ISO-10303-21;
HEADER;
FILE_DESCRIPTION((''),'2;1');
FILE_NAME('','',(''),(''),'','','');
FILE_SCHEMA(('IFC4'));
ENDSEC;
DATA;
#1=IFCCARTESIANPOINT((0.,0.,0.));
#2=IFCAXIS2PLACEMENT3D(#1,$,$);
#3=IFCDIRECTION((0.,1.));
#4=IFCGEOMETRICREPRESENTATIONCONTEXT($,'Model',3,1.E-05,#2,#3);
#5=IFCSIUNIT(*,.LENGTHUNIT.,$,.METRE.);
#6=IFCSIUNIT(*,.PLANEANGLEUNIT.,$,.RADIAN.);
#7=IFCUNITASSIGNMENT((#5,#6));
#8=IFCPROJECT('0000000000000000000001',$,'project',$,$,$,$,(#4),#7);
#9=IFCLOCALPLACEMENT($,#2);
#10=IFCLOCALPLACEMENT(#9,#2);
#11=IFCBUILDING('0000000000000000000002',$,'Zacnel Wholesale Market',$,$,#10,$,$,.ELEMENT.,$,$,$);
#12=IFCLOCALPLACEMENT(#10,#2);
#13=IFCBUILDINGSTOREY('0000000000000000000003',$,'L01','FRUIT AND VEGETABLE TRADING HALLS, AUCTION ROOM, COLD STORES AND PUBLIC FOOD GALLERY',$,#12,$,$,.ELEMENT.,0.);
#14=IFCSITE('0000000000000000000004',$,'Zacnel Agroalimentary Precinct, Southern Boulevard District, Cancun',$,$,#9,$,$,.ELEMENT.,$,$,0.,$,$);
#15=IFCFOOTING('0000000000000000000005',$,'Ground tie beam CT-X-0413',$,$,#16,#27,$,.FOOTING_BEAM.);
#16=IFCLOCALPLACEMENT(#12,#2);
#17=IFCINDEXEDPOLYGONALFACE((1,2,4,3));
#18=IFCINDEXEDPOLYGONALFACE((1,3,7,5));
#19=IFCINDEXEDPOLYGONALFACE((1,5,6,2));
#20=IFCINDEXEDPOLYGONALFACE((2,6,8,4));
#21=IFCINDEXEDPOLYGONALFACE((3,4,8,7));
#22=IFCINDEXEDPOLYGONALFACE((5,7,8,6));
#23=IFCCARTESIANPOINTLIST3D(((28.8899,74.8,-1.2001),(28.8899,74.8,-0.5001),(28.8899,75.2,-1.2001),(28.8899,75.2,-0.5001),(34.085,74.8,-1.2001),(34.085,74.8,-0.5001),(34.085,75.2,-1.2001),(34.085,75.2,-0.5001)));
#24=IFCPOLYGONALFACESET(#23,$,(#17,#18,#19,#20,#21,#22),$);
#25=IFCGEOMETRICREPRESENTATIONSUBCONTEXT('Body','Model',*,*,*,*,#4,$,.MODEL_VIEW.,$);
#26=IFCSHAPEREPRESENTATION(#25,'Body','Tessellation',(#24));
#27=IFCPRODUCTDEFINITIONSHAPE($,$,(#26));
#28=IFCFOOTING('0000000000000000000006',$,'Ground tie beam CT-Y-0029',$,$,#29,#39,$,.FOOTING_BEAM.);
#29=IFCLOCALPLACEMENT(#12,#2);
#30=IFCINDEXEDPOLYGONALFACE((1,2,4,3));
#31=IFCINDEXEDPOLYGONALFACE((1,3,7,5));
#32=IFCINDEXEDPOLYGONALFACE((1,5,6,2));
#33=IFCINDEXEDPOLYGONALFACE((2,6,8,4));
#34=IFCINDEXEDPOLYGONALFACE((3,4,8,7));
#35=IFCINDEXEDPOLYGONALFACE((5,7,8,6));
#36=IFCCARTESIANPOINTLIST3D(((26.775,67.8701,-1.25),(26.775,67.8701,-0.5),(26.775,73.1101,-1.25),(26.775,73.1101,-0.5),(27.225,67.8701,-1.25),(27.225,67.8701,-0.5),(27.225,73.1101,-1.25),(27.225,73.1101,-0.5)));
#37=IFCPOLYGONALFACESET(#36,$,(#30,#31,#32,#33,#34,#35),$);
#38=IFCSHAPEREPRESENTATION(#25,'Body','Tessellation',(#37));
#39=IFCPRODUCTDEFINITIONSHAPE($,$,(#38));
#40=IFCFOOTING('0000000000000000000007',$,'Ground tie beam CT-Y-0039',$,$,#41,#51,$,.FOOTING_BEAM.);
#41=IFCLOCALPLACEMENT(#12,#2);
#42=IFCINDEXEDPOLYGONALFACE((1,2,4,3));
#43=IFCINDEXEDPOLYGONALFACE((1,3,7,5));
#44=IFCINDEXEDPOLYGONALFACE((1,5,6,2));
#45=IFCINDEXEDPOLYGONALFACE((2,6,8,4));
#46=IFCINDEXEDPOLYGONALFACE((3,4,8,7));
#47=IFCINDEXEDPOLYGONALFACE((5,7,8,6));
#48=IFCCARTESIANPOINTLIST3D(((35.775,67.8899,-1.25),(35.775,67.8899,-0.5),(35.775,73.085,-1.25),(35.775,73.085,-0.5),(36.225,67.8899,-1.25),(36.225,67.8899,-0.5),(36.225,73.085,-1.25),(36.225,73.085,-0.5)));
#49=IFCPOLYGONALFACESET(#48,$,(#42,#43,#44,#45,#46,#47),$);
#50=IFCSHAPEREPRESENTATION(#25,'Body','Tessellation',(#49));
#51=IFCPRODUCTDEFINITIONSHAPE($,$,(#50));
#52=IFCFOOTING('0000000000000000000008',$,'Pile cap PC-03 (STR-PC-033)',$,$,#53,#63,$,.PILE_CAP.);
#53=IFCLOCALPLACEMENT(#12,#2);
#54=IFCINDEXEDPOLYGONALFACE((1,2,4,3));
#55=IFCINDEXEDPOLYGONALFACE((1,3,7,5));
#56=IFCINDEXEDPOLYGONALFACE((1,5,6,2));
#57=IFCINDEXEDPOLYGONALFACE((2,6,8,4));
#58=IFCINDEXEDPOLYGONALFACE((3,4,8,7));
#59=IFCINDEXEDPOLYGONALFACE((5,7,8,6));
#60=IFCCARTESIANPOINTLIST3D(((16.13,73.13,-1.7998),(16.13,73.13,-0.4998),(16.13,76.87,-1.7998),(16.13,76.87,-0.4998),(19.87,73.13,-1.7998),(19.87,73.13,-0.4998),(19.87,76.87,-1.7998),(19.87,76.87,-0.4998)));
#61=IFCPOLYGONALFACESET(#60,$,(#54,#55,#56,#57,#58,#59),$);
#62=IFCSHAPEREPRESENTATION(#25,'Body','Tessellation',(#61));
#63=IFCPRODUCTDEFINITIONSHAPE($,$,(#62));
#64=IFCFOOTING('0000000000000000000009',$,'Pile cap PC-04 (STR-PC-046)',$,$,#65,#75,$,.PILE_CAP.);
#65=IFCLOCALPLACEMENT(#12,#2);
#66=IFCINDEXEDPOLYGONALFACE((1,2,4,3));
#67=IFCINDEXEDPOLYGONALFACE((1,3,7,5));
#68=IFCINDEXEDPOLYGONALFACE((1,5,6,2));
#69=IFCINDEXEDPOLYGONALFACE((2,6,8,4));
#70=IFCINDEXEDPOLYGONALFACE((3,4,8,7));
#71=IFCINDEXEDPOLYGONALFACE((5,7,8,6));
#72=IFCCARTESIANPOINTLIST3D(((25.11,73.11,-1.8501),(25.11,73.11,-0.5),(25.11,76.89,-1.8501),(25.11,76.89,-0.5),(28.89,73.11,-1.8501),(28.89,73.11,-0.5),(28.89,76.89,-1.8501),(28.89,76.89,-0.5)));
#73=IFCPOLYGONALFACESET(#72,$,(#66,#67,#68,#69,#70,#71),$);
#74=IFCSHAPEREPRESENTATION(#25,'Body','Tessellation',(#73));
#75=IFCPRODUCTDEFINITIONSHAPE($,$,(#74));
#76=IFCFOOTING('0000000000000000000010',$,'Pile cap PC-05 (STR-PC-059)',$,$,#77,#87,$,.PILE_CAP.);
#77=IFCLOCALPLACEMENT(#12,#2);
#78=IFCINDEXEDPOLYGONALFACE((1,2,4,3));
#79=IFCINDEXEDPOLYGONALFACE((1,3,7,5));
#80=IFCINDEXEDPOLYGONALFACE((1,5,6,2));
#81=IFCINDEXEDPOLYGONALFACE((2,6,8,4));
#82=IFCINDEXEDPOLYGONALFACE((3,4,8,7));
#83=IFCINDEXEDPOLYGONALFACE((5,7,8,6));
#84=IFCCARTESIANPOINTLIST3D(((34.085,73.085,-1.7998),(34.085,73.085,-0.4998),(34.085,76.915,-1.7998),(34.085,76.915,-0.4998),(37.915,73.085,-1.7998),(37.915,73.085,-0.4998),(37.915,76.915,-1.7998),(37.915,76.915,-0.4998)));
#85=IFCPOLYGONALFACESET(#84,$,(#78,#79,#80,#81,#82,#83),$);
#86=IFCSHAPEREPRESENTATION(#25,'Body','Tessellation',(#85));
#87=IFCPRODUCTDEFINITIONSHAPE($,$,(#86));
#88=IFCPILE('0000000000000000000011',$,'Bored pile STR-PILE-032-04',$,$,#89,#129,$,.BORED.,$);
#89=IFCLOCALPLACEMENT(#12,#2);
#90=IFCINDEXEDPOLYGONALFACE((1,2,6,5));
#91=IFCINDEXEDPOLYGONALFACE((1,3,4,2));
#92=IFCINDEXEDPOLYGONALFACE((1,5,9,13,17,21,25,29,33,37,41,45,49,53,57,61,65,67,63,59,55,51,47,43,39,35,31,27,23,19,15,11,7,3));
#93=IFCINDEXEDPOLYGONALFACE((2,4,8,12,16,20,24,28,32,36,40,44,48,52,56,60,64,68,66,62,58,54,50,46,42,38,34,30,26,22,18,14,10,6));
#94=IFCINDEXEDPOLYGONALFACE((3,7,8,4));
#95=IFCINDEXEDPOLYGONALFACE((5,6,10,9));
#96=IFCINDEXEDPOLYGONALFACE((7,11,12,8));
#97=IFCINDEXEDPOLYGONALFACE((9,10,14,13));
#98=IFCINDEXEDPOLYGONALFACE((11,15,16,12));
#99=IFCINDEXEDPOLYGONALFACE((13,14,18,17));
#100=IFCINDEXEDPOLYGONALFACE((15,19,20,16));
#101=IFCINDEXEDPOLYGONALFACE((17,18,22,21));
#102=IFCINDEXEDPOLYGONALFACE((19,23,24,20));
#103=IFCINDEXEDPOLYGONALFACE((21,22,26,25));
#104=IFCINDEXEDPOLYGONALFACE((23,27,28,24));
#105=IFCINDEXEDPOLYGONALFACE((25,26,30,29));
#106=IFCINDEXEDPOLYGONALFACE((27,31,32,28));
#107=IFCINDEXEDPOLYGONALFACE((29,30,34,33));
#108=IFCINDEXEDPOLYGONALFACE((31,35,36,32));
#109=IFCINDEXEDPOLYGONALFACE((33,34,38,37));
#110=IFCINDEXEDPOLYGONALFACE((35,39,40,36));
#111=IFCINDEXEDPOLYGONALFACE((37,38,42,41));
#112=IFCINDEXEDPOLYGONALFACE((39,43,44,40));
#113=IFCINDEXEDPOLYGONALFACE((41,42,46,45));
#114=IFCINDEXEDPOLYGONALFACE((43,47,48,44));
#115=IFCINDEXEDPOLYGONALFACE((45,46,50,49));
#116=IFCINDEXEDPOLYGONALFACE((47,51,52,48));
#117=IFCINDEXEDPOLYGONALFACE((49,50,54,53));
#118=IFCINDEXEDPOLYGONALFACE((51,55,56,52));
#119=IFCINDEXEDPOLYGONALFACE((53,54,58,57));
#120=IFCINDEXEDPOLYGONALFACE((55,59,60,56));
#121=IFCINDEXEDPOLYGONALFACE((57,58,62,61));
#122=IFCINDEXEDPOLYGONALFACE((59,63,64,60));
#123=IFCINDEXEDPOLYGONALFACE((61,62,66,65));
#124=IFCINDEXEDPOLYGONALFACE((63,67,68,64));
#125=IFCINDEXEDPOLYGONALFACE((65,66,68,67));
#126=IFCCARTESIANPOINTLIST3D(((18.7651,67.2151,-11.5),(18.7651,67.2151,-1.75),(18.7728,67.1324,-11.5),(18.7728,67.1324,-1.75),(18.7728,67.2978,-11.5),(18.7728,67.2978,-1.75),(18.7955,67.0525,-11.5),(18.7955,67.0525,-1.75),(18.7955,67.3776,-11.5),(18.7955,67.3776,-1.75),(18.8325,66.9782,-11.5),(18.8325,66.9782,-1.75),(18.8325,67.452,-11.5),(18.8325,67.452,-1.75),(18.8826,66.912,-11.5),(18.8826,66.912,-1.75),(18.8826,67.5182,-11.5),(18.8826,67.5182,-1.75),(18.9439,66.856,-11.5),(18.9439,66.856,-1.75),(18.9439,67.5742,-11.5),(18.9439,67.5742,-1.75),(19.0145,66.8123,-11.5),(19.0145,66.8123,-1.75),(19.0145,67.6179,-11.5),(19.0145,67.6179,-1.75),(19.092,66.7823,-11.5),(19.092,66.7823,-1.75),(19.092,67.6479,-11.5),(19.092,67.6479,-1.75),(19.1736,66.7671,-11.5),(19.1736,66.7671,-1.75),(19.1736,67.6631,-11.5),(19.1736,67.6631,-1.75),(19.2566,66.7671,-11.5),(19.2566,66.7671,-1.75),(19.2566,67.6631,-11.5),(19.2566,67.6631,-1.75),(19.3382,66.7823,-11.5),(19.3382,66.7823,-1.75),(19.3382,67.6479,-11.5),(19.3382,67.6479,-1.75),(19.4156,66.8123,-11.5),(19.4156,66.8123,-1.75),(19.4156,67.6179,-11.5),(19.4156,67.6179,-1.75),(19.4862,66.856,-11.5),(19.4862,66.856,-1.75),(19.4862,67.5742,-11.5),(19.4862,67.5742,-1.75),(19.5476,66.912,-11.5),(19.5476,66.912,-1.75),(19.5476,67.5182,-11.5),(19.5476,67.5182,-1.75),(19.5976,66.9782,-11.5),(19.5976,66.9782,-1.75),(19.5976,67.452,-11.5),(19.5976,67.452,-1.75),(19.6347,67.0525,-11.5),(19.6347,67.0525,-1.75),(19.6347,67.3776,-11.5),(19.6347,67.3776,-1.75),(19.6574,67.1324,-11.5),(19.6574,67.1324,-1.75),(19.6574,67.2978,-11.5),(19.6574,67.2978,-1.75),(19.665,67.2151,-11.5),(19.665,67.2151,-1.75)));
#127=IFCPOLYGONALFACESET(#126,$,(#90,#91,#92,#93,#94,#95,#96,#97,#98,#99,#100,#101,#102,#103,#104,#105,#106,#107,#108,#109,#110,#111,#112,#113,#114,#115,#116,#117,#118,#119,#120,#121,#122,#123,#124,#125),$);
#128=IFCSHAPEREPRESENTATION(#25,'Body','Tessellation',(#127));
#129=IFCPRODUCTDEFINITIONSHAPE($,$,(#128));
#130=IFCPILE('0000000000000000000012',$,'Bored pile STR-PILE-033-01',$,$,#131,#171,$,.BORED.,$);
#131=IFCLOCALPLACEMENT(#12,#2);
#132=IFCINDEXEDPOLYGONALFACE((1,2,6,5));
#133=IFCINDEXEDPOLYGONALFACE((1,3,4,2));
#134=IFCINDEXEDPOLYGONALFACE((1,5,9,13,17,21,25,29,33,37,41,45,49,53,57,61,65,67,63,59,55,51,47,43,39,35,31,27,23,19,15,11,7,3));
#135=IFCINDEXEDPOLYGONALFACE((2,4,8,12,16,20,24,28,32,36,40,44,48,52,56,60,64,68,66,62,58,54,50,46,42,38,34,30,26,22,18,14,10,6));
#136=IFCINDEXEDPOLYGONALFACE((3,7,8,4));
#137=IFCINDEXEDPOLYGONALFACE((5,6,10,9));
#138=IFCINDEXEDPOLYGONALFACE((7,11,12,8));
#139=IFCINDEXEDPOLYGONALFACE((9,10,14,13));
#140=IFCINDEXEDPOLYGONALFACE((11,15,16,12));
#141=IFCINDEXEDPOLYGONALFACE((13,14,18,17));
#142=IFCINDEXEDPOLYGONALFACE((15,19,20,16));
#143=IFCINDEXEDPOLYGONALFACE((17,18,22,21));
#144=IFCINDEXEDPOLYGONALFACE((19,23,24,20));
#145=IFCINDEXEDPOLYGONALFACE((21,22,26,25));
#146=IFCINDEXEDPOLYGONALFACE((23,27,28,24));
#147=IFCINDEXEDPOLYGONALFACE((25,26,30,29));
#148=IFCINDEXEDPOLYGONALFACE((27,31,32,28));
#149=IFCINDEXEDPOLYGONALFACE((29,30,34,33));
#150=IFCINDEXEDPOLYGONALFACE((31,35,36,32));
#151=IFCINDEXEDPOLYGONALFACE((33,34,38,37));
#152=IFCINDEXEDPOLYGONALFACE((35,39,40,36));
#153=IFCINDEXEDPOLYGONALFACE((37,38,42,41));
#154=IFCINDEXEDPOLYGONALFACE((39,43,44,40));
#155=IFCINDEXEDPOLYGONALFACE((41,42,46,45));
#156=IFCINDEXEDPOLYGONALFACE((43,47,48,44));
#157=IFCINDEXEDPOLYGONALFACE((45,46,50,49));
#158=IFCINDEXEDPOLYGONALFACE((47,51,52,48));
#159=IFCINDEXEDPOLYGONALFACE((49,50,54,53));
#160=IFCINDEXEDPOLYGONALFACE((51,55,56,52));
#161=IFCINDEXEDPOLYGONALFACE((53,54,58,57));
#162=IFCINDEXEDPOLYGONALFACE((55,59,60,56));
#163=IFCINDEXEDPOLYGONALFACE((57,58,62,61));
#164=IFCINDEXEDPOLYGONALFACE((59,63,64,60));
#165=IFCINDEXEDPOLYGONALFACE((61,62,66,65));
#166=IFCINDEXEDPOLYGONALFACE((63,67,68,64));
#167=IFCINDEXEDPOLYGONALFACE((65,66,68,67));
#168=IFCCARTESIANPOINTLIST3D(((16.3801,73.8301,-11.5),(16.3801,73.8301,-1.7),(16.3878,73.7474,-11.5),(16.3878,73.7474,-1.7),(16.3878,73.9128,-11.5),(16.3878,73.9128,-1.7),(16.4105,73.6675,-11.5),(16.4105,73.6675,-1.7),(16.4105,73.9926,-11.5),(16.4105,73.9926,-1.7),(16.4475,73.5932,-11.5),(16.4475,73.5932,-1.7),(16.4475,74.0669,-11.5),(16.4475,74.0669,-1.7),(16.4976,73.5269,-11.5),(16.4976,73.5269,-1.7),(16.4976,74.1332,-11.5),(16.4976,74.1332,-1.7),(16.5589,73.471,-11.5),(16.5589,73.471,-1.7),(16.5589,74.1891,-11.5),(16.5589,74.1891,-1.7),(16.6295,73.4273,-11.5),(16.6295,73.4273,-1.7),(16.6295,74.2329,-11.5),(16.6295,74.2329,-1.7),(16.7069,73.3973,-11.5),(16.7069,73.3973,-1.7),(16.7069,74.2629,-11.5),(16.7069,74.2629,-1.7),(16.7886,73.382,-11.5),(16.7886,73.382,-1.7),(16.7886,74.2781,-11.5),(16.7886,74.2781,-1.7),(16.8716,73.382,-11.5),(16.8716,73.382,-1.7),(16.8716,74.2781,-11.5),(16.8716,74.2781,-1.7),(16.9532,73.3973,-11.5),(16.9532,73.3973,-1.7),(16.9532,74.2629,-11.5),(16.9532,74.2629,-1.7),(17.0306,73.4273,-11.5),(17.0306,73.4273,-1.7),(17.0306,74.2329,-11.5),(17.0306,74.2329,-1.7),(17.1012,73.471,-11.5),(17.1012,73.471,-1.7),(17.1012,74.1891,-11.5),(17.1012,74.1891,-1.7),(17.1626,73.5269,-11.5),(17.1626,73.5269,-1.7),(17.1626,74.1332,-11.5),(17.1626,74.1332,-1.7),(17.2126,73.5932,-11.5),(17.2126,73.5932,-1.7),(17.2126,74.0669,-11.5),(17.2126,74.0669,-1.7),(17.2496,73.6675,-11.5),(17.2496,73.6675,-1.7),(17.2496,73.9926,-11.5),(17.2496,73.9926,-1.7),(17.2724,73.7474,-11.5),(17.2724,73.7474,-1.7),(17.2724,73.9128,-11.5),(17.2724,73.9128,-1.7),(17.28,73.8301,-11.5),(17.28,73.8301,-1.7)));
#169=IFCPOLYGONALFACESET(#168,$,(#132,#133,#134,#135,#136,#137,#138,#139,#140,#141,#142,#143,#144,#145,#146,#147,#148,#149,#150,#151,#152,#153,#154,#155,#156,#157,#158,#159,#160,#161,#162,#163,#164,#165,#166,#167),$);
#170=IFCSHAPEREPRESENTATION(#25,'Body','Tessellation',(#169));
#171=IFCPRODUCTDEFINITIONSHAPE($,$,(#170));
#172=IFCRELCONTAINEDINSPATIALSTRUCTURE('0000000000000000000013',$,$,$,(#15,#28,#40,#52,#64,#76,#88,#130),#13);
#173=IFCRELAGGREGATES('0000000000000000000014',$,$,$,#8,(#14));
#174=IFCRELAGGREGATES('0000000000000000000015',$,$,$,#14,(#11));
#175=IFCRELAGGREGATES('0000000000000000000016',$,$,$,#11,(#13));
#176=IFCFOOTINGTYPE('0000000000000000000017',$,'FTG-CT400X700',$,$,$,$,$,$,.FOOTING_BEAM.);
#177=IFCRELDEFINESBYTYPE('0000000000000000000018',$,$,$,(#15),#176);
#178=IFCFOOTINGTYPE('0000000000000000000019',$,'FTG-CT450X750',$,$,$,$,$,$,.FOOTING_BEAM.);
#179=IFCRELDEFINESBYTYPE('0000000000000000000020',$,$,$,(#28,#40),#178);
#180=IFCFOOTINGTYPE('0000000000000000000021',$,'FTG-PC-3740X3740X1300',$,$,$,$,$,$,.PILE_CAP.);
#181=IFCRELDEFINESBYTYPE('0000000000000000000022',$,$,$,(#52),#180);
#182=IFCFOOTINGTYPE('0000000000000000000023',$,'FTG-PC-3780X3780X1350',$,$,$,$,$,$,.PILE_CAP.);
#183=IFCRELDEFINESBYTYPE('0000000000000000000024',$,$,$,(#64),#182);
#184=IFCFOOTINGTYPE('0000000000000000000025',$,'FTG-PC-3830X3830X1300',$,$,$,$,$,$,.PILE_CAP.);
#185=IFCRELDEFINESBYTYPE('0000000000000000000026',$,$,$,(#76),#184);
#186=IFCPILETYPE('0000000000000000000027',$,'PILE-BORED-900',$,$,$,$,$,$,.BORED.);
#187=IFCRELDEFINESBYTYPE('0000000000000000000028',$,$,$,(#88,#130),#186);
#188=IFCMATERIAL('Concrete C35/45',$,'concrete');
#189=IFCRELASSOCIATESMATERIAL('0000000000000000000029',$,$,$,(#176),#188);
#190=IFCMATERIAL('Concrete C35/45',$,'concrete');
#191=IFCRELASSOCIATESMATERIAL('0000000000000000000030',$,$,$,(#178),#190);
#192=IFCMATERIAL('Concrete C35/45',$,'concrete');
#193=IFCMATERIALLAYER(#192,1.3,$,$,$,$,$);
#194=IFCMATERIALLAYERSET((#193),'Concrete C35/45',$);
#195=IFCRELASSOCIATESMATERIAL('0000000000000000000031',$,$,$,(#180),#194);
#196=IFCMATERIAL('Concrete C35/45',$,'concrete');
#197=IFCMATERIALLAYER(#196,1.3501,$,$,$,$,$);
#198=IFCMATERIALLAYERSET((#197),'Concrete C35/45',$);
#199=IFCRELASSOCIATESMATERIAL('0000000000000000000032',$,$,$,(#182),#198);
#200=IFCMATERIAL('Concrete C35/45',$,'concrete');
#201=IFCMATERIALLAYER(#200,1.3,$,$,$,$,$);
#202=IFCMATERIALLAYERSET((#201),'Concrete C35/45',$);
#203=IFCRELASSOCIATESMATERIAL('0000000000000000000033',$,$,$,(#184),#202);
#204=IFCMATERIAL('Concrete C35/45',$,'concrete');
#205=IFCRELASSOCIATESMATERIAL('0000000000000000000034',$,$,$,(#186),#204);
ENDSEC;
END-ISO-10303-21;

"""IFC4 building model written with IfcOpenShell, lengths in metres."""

from ifc_helpers import new_model, si_unit, direction, frame, origin, origin_2d, place, context, subcontext, project, spatial, rectangle, circle, extrude, material, layer, layer_set, material_profile, profile_set, type_object, element, save


model = new_model("IFC4")

# Units and contexts
model_context = context("Model", 3, precision=1e-05, world=origin(), true_north=direction((0.0, 1.0)))
body_context = subcontext(model_context, "Body", "Model", "MODEL_VIEW")
ifc_project = project(units=[si_unit("LENGTHUNIT", "METRE"), si_unit("PLANEANGLEUNIT", "RADIAN")], contexts=[model_context])

# Site, building, storey
site_placement = place(None, origin())
site = spatial("IfcSite", under=ifc_project, at=site_placement, Name="Zacnel Agroalimentary Precinct, Southern Boulevard District, Cancun", CompositionType="ELEMENT", RefElevation=0.0)
building_placement = place(site_placement, origin())
building = spatial("IfcBuilding", under=site, at=building_placement, Name="Zacnel Wholesale Market", CompositionType="ELEMENT")
storey_placement = place(building_placement, origin())
storey = spatial("IfcBuildingStorey", under=building, at=storey_placement, Name="L01", Description="FRUIT AND VEGETABLE TRADING HALLS, AUCTION ROOM, COLD STORES AND PUBLIC FOOD GALLERY", CompositionType="ELEMENT", Elevation=0.0)

# Footings
ifc_material_1 = material(Name="Concrete C35/45", Category="concrete")
ifc_material_profile_1 = material_profile(ifc_material_1, rectangle(XDim=0.3999, YDim=0.7, at=origin_2d()), Name="CT 400x700")
ifc_profile_set_1 = profile_set([ifc_material_profile_1], Name="Concrete C35/45")
footing_type_1 = type_object("IfcFootingType", Name="FTG-CT400X700", PredefinedType="FOOTING_BEAM", material=ifc_profile_set_1)
footing_1_placement = place(storey_placement, frame((28.8899, 75.0, -0.8501), z_axis=(1.0, 0.0, 0.0), x_axis=(0.0, 1.0, 0.0)))
element("IfcFooting", 1, at=footing_1_placement, inside=storey, type_object=footing_type_1, Name="Ground tie beam CT-X-0413", PredefinedType="FOOTING_BEAM", context=body_context, shape_type="SweptSolid", body=[
    extrude(rectangle(XDim=0.3999, YDim=0.7, at=origin_2d()), origin(), (0.0, 0.0, 1.0), 5.1951),
])
ifc_material_2 = material(Name="Concrete C35/45", Category="concrete")
ifc_material_profile_2 = material_profile(ifc_material_2, rectangle(XDim=0.45, YDim=0.75, at=origin_2d()), Name="CT 450x750")
ifc_profile_set_2 = profile_set([ifc_material_profile_2], Name="Concrete C35/45")
footing_type_2 = type_object("IfcFootingType", Name="FTG-CT450X750", PredefinedType="FOOTING_BEAM", material=ifc_profile_set_2)
footing_2_placement = place(storey_placement, frame((27.0, 67.8701, -0.875), z_axis=(0.0, 1.0, 0.0), x_axis=(-1.0, 0.0, 0.0)))
element("IfcFooting", 2, at=footing_2_placement, inside=storey, type_object=footing_type_2, Name="Ground tie beam CT-Y-0029", PredefinedType="FOOTING_BEAM", context=body_context, shape_type="SweptSolid", body=[
    extrude(rectangle(XDim=0.45, YDim=0.75, at=origin_2d()), origin(), (0.0, 0.0, 1.0), 5.24),
])
footing_3_placement = place(storey_placement, frame((36.0, 67.8899, -0.875), z_axis=(0.0, 1.0, 0.0), x_axis=(-1.0, 0.0, 0.0)))
element("IfcFooting", 3, at=footing_3_placement, inside=storey, type_object=footing_type_2, Name="Ground tie beam CT-Y-0039", PredefinedType="FOOTING_BEAM", context=body_context, shape_type="SweptSolid", body=[
    extrude(rectangle(XDim=0.45, YDim=0.75, at=origin_2d()), origin(), (0.0, 0.0, 1.0), 5.1951),
])
ifc_material_3 = material(Name="Concrete C35/45", Category="concrete")
ifc_layer_1 = layer(ifc_material_3, 1.3)
ifc_layer_set_1 = layer_set([ifc_layer_1], Name="Concrete C35/45")
footing_type_3 = type_object("IfcFootingType", Name="FTG-PC-3740X3740X1300", PredefinedType="PILE_CAP", material=ifc_layer_set_1)
footing_4_placement = place(storey_placement, frame((18.0, 75.0, -1.7998), z_axis=(0.0, 0.0, 1.0), x_axis=(1.0, 0.0, 0.0)))
element("IfcFooting", 4, at=footing_4_placement, inside=storey, type_object=footing_type_3, Name="Pile cap PC-03 (STR-PC-033)", PredefinedType="PILE_CAP", context=body_context, shape_type="SweptSolid", body=[
    extrude(rectangle(XDim=3.74, YDim=3.74, at=origin_2d()), origin(), (0.0, 0.0, 1.0), 1.3),
])
ifc_material_4 = material(Name="Concrete C35/45", Category="concrete")
ifc_layer_2 = layer(ifc_material_4, 1.3501)
ifc_layer_set_2 = layer_set([ifc_layer_2], Name="Concrete C35/45")
footing_type_4 = type_object("IfcFootingType", Name="FTG-PC-3780X3780X1350", PredefinedType="PILE_CAP", material=ifc_layer_set_2)
footing_5_placement = place(storey_placement, frame((27.0, 75.0, -1.8501), z_axis=(0.0, 0.0, 1.0), x_axis=(1.0, 0.0, 0.0)))
element("IfcFooting", 5, at=footing_5_placement, inside=storey, type_object=footing_type_4, Name="Pile cap PC-04 (STR-PC-046)", PredefinedType="PILE_CAP", context=body_context, shape_type="SweptSolid", body=[
    extrude(rectangle(XDim=3.78, YDim=3.78, at=origin_2d()), origin(), (0.0, 0.0, 1.0), 1.3501),
])
ifc_material_5 = material(Name="Concrete C35/45", Category="concrete")
ifc_layer_3 = layer(ifc_material_5, 1.3)
ifc_layer_set_3 = layer_set([ifc_layer_3], Name="Concrete C35/45")
footing_type_5 = type_object("IfcFootingType", Name="FTG-PC-3830X3830X1300", PredefinedType="PILE_CAP", material=ifc_layer_set_3)
footing_6_placement = place(storey_placement, frame((36.0, 75.0, -1.7998), z_axis=(0.0, 0.0, 1.0), x_axis=(1.0, 0.0, 0.0)))
element("IfcFooting", 6, at=footing_6_placement, inside=storey, type_object=footing_type_5, Name="Pile cap PC-05 (STR-PC-059)", PredefinedType="PILE_CAP", context=body_context, shape_type="SweptSolid", body=[
    extrude(rectangle(XDim=3.8301, YDim=3.8301, at=origin_2d()), origin(), (0.0, 0.0, 1.0), 1.3),
])

# Piles
ifc_material_6 = material(Name="Concrete C35/45", Category="concrete")
ifc_material_profile_3 = material_profile(ifc_material_6, circle(Radius=0.45, at=origin_2d()), Name="BORED PILE D900")
ifc_profile_set_3 = profile_set([ifc_material_profile_3], Name="Concrete C35/45")
pile_type = type_object("IfcPileType", Name="PILE-BORED-900", PredefinedType="BORED", material=ifc_profile_set_3)
pile_placement = place(storey_placement, frame((19.2151, 67.2151, -1.75), z_axis=(0.0, 0.0, -1.0), x_axis=(1.0, 0.0, 0.0)))
element("IfcPile", 7, at=pile_placement, inside=storey, type_object=pile_type, Name="Bored pile STR-PILE-032-04", PredefinedType="BORED", context=body_context, shape_type="SweptSolid", body=[
    extrude(circle(Radius=0.45, at=origin_2d()), origin(), (0.0, 0.0, 1.0), 9.75),
])
for number, where, z_axis, x_axis, name in (
    (8, (16.8301, 73.8301, -1.7), (0.0, 0.0, -1.0), (1.0, 0.0, 0.0), "Bored pile STR-PILE-033-01"),
):
    element("IfcPile", number, at=place(storey_placement, frame(where, z_axis=z_axis, x_axis=x_axis)), inside=storey, type_object=pile_type, Name=name, PredefinedType="BORED", context=body_context, shape_type="SweptSolid", body=[
        extrude(circle(Radius=0.45, at=origin_2d()), origin(), (0.0, 0.0, 1.0), 9.8),
    ])

save(model, "model.ifc")
